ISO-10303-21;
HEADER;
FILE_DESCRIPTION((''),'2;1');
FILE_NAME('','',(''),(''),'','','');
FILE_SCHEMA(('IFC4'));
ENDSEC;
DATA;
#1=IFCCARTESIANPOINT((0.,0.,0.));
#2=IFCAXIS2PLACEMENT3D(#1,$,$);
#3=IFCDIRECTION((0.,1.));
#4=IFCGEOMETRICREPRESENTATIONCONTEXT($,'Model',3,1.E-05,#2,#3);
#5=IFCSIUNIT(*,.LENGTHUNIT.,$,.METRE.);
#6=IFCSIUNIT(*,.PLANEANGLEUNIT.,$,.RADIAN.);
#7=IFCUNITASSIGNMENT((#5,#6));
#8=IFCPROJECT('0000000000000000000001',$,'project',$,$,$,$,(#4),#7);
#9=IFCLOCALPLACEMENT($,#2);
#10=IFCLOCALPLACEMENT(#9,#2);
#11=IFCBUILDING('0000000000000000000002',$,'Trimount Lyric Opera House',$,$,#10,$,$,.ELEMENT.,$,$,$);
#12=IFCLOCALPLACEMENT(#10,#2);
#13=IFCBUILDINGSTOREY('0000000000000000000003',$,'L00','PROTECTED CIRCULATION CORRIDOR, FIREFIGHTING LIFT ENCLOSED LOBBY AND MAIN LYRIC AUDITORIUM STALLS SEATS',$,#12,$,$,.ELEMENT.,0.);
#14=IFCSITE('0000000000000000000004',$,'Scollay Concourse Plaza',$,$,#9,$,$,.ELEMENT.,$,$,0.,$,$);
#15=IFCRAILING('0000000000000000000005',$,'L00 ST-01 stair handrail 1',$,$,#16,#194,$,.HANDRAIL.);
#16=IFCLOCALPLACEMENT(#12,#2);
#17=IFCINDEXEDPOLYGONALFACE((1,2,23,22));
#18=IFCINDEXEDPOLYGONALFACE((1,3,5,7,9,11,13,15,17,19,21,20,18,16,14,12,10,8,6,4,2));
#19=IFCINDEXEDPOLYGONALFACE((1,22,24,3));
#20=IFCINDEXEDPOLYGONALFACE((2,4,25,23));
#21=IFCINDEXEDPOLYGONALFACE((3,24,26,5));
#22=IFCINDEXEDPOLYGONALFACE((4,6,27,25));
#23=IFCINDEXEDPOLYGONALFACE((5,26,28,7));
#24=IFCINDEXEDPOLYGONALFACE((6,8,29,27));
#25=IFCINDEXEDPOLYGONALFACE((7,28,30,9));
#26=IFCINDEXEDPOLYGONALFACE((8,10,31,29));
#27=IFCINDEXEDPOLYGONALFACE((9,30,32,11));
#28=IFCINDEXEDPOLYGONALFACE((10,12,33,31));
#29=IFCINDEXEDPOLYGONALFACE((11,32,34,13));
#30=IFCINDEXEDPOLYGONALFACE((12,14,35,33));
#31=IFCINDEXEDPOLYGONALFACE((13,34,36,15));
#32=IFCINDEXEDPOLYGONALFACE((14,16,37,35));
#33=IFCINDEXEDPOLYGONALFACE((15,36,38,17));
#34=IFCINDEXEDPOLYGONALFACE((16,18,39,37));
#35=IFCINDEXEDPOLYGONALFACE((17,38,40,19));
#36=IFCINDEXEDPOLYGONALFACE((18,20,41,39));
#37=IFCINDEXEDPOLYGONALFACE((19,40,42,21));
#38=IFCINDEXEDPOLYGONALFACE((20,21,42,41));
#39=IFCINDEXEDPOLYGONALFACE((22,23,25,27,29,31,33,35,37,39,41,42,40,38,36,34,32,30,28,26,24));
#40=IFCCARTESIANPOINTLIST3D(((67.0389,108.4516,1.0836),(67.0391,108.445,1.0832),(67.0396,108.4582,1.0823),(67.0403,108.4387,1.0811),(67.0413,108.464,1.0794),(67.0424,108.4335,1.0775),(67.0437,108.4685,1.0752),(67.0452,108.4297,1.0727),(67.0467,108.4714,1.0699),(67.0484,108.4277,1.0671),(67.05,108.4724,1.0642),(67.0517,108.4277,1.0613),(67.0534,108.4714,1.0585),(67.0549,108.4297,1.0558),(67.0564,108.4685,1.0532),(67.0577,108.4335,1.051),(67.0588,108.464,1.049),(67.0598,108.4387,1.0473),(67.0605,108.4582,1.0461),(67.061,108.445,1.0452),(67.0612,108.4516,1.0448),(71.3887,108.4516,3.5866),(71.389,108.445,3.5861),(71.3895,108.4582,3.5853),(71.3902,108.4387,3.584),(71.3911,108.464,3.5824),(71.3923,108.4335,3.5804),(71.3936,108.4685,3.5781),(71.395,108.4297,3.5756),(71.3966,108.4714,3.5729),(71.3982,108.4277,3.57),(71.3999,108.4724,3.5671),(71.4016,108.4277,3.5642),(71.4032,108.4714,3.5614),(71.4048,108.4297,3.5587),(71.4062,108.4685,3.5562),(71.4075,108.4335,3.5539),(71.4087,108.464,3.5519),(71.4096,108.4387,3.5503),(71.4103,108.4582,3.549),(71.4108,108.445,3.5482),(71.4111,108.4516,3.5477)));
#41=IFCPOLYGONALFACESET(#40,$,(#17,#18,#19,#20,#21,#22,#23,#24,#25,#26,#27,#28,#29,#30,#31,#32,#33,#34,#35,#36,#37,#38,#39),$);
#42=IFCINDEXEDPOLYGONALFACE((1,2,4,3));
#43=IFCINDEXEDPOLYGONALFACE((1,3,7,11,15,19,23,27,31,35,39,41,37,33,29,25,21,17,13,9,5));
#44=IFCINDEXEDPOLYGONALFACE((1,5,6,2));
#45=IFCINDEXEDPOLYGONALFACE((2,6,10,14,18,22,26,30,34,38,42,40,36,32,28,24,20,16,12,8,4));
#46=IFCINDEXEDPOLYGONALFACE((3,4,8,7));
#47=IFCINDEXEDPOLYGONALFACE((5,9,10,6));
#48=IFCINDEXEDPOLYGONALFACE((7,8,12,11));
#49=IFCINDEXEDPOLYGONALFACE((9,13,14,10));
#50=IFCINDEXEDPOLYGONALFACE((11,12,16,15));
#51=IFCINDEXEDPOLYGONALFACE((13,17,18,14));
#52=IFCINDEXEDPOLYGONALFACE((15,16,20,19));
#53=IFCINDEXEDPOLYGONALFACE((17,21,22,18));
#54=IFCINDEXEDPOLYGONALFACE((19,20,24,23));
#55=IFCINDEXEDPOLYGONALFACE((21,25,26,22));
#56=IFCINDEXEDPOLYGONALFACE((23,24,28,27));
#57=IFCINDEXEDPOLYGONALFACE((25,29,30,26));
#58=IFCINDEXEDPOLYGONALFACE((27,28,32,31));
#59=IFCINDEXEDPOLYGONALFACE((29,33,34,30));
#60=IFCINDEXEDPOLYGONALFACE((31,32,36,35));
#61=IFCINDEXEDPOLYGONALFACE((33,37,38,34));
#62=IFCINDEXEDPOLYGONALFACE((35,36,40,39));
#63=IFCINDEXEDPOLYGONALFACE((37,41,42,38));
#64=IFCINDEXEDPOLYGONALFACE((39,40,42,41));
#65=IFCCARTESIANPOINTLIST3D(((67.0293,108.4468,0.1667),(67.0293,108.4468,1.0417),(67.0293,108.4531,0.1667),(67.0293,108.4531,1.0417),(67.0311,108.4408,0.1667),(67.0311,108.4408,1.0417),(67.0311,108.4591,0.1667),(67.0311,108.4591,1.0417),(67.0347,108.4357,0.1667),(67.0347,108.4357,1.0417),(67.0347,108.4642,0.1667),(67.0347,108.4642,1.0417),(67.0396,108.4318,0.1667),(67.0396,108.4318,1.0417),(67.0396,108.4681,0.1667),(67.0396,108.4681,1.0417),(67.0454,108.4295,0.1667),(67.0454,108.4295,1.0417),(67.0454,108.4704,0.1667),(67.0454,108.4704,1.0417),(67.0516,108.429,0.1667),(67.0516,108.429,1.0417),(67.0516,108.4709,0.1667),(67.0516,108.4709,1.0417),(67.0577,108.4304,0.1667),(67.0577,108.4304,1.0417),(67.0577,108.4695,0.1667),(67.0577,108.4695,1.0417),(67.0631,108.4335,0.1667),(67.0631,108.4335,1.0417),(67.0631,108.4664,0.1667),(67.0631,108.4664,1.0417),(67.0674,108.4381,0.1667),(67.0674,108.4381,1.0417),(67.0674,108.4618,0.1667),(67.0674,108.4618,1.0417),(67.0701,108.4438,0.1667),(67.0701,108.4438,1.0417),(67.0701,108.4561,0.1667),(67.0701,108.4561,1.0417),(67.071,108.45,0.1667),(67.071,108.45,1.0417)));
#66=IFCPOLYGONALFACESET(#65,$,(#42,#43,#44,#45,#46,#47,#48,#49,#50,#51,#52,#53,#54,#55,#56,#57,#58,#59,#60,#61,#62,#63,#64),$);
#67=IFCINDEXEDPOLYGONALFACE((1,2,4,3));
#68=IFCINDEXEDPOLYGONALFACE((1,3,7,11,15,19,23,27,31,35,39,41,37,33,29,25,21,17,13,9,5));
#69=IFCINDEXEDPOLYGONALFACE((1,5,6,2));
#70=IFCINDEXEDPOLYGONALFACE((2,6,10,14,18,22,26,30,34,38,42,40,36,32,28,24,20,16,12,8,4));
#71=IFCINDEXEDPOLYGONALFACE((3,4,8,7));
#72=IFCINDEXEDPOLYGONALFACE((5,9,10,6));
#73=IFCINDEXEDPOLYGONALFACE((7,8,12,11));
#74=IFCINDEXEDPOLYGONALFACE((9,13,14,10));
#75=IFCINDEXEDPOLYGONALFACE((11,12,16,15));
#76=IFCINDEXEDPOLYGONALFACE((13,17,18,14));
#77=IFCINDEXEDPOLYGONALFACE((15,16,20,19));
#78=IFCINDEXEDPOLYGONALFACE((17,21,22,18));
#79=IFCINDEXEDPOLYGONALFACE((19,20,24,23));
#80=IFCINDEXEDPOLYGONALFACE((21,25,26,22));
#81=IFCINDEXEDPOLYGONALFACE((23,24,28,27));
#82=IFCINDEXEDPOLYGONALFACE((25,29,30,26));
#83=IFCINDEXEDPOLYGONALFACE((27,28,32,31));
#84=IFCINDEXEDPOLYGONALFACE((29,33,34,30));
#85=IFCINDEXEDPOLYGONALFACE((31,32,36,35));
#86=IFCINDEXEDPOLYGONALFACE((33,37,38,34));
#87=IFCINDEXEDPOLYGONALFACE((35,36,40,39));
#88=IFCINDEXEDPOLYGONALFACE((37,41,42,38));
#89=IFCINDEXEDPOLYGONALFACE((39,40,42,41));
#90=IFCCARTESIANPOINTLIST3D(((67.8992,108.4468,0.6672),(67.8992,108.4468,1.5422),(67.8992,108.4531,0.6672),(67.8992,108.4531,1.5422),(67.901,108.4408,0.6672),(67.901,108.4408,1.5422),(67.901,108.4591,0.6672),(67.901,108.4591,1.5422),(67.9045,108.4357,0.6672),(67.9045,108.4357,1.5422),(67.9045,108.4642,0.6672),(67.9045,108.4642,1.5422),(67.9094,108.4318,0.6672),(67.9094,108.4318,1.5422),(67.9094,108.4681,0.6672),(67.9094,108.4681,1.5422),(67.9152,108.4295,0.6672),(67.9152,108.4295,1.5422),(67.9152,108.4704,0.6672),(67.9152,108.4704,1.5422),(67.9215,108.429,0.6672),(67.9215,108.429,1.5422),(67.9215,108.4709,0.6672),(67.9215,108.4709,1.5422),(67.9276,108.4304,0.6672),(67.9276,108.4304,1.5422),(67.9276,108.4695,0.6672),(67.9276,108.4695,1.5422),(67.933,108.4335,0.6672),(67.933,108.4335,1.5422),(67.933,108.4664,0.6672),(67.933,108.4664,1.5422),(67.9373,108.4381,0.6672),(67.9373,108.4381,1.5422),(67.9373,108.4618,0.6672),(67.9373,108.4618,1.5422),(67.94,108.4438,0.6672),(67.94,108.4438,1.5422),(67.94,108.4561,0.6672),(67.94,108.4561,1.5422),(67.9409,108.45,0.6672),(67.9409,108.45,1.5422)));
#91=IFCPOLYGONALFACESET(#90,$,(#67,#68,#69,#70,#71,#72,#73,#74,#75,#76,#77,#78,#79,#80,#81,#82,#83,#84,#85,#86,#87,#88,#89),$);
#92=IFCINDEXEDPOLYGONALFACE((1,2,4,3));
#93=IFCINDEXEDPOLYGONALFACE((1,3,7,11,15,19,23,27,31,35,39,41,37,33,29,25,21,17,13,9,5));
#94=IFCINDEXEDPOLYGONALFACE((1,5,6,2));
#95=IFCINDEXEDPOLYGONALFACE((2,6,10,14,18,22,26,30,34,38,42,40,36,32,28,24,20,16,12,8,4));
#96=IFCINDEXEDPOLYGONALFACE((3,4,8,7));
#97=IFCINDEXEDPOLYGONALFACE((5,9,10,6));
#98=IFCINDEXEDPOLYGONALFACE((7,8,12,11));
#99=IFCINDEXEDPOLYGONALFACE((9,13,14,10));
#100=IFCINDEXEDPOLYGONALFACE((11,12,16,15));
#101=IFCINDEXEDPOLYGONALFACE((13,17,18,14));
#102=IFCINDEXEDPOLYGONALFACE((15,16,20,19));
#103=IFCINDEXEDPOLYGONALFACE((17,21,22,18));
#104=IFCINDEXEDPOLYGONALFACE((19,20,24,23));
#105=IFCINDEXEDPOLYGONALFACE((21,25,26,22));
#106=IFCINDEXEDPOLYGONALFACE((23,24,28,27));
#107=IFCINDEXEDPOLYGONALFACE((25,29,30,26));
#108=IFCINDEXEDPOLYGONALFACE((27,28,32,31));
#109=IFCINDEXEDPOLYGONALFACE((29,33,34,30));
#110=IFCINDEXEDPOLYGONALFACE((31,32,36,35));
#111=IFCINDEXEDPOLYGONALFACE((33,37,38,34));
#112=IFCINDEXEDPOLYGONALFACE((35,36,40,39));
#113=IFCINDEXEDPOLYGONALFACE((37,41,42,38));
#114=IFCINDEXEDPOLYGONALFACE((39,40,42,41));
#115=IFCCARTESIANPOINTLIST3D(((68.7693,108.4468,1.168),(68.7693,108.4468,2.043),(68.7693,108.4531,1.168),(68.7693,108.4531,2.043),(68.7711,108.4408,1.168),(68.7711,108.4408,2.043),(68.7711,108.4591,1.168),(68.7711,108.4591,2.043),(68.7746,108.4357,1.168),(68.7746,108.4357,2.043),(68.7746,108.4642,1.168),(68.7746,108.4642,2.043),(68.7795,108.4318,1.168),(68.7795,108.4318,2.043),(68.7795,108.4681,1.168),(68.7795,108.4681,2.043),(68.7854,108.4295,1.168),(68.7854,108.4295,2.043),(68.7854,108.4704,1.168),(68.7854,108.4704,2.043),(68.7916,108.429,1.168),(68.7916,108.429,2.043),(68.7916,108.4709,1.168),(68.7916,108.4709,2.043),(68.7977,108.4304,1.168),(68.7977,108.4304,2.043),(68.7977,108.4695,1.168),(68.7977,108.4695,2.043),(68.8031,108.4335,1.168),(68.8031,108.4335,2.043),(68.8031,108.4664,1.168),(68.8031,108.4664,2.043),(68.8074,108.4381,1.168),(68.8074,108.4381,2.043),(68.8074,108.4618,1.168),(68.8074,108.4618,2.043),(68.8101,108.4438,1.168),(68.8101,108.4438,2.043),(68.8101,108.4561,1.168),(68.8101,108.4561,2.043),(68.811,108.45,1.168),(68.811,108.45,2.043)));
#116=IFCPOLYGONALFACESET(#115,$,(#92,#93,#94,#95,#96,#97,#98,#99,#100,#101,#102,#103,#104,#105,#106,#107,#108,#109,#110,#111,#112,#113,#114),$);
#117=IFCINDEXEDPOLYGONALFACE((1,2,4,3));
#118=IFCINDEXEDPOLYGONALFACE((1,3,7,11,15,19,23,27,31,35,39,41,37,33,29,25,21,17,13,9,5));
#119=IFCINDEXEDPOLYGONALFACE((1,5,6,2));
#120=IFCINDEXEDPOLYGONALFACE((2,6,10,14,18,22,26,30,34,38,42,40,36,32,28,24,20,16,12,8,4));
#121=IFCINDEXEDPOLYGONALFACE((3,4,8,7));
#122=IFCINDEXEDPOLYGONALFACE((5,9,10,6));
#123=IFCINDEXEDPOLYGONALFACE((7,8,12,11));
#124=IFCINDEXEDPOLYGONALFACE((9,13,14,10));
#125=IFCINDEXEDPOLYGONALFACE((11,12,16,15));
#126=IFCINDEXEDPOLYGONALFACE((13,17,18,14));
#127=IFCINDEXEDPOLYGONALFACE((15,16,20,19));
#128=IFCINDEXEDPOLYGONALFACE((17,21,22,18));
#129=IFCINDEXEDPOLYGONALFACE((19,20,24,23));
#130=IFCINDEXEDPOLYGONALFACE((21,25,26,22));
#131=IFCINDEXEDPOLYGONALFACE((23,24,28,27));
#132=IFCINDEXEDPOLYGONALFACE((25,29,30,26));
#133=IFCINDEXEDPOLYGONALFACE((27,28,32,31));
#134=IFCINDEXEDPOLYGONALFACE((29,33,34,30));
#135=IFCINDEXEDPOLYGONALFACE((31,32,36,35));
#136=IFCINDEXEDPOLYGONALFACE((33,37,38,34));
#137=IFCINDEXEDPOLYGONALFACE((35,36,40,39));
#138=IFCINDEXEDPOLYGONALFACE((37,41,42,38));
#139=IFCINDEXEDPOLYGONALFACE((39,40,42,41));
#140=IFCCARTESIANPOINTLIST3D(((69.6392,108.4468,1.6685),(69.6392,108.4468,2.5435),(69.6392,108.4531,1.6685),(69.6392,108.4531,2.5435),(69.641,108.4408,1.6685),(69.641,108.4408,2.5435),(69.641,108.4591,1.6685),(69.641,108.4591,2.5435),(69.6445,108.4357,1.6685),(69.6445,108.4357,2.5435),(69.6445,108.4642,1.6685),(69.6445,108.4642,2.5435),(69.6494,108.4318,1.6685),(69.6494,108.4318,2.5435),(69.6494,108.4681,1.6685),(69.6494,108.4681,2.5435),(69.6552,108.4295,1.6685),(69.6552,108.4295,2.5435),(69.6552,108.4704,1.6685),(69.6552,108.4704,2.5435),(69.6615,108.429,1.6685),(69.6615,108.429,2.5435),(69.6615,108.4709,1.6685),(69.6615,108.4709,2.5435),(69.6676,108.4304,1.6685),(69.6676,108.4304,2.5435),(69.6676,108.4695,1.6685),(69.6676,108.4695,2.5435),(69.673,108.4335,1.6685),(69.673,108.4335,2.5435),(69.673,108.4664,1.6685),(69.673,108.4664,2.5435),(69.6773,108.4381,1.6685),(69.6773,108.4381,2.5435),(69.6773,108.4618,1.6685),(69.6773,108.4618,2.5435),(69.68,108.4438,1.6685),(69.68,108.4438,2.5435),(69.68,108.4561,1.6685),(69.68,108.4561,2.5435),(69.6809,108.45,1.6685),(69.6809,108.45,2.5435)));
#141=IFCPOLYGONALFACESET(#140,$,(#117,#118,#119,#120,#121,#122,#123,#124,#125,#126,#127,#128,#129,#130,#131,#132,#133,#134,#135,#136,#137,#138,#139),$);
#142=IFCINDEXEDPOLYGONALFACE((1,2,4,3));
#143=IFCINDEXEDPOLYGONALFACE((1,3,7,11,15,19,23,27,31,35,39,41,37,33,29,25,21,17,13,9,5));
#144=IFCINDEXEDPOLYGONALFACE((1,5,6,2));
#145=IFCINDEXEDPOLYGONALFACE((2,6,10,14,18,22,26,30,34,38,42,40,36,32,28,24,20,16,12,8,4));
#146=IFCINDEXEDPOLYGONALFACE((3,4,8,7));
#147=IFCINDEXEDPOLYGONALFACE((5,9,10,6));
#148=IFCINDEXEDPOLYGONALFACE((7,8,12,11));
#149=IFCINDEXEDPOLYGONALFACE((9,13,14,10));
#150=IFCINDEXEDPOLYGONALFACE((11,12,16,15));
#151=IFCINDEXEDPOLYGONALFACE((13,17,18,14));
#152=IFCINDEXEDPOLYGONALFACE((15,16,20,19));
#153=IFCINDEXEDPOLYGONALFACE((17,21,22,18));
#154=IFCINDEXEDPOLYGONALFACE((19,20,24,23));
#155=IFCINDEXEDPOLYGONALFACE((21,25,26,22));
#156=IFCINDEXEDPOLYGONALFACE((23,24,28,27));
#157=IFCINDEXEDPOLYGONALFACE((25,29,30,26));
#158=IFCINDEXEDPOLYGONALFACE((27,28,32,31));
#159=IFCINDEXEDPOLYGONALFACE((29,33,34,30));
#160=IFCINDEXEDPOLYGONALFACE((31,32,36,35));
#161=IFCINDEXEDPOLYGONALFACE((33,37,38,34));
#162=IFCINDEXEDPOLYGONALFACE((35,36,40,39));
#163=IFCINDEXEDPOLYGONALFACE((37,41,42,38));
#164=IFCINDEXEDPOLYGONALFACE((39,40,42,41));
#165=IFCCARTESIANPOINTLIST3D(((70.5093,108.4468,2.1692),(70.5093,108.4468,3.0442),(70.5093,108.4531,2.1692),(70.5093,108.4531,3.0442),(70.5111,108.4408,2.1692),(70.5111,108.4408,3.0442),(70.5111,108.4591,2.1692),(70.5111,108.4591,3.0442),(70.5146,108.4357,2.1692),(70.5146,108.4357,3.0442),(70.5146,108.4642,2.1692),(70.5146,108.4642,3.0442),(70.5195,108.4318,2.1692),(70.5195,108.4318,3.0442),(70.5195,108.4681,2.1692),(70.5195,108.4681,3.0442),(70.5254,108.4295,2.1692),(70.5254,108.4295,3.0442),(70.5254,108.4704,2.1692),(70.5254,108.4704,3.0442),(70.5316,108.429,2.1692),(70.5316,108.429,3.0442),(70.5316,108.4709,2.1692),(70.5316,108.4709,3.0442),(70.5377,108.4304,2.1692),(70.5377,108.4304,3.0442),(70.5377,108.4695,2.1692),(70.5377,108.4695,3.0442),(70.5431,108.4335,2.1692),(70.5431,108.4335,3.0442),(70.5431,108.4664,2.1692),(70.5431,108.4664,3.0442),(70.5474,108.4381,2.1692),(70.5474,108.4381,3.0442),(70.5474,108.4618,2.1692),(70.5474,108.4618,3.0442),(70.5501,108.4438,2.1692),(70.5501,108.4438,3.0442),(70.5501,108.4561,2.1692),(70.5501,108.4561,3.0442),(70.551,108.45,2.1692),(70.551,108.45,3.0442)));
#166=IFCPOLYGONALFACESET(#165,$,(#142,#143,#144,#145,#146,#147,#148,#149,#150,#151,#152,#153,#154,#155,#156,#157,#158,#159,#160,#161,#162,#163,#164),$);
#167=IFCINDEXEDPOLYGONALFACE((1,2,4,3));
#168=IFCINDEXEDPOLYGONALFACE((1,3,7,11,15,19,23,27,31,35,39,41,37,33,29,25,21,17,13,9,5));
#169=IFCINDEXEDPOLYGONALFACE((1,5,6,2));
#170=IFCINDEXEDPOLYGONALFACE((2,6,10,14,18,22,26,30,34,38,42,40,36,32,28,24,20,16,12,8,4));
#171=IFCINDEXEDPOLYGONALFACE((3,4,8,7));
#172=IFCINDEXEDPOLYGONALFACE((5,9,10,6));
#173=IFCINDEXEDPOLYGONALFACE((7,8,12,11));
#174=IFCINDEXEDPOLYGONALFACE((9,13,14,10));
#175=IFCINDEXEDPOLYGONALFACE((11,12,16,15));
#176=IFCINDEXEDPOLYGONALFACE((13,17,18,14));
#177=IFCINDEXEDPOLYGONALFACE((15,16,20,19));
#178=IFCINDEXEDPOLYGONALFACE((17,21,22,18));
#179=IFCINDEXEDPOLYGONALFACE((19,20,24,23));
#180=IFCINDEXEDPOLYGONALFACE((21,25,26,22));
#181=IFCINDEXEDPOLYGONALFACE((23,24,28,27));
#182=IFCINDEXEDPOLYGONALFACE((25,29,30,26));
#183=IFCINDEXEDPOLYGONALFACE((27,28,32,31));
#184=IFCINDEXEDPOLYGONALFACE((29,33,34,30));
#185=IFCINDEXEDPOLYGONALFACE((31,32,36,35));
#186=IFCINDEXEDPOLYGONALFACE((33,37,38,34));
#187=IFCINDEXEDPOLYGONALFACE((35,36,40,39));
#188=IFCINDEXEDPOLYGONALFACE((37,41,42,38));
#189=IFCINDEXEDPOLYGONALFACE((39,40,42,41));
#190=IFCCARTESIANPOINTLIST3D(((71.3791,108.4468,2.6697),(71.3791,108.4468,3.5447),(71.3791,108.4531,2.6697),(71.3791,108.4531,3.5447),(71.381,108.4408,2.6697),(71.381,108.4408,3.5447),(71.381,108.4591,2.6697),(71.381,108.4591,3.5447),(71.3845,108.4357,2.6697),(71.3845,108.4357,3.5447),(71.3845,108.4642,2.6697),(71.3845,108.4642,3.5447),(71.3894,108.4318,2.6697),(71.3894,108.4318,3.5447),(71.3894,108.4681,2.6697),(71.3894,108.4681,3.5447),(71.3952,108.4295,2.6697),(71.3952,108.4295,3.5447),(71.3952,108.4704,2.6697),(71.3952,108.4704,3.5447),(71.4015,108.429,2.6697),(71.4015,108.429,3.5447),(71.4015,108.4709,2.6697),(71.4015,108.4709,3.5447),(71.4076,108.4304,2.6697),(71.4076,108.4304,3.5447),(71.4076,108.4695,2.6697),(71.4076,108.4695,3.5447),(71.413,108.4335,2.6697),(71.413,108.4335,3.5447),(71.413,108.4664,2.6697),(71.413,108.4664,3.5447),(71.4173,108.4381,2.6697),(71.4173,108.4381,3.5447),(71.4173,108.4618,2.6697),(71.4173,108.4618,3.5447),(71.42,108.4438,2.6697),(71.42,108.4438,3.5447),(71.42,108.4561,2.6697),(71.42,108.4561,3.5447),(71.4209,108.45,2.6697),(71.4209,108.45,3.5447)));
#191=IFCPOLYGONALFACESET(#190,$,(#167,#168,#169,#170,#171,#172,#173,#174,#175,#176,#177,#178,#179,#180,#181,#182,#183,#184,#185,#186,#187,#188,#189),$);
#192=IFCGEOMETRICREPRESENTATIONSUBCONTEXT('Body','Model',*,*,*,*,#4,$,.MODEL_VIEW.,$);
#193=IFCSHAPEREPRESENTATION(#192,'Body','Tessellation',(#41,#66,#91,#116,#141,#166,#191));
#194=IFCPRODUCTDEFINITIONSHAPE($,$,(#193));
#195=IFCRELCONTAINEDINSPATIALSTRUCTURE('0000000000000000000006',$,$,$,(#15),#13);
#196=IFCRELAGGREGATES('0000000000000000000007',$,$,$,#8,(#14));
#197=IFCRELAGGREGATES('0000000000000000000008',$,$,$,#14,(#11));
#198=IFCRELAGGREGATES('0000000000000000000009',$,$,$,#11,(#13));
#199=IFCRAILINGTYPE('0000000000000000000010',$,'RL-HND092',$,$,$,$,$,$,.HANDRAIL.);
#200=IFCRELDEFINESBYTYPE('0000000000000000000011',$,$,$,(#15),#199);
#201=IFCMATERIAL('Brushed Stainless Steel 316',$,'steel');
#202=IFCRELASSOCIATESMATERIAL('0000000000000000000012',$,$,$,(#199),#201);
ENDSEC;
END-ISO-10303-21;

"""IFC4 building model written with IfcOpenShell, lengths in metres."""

from ifc_helpers import new_model, si_unit, direction, frame, origin, origin_2d, place, context, subcontext, project, spatial, circle, extrude, material, type_object, element, save


model = new_model("IFC4")

# Units and contexts
model_context = context("Model", 3, precision=1e-05, world=origin(), true_north=direction((0.0, 1.0)))
body_context = subcontext(model_context, "Body", "Model", "MODEL_VIEW")
ifc_project = project(units=[si_unit("LENGTHUNIT", "METRE"), si_unit("PLANEANGLEUNIT", "RADIAN")], contexts=[model_context])

# Site, building, storey
site_placement = place(None, origin())
site = spatial("IfcSite", under=ifc_project, at=site_placement, Name="Scollay Concourse Plaza", CompositionType="ELEMENT", RefElevation=0.0)
building_placement = place(site_placement, origin())
building = spatial("IfcBuilding", under=site, at=building_placement, Name="Trimount Lyric Opera House", CompositionType="ELEMENT")
storey_placement = place(building_placement, origin())
storey = spatial("IfcBuildingStorey", under=building, at=storey_placement, Name="L00", Description="PROTECTED CIRCULATION CORRIDOR, FIREFIGHTING LIFT ENCLOSED LOBBY AND MAIN LYRIC AUDITORIUM STALLS SEATS", CompositionType="ELEMENT", Elevation=0.0)

# Railing
ifc_material_1 = material(Name="Brushed Stainless Steel 316", Category="steel")
railing_type_1 = type_object("IfcRailingType", Name="RL-HND092", PredefinedType="HANDRAIL", material=ifc_material_1)
railing_1_placement = place(storey_placement, frame((67.05, 108.45, 0.1667)))
element("IfcRailing", 1, at=railing_1_placement, inside=storey, type_object=railing_type_1, Name="L00 ST-01 stair handrail 1", PredefinedType="HANDRAIL", context=body_context, shape_type="SweptSolid", body=[
    extrude(circle(Radius=0.0225, at=origin_2d()), frame((0.0, 0.0, 0.8975), z_axis=(0.866754, 0.0, 0.498735), x_axis=(0.0, 1.0, 0.0)), (0.0, 0.0, 1.0), 5.0186),
    extrude(circle(Radius=0.021, at=origin_2d()), origin(), (0.0, 0.0, 1.0), 0.875),
    extrude(circle(Radius=0.021, at=origin_2d()), frame((0.8699, 0.0, 0.5005)), (0.0, 0.0, 1.0), 0.875),
    extrude(circle(Radius=0.021, at=origin_2d()), frame((1.74, 0.0, 1.0012)), (0.0, 0.0, 1.0), 0.875),
    extrude(circle(Radius=0.021, at=origin_2d()), frame((2.6099, 0.0, 1.5017)), (0.0, 0.0, 1.0), 0.875),
    extrude(circle(Radius=0.021, at=origin_2d()), frame((3.48, 0.0, 2.0024)), (0.0, 0.0, 1.0), 0.875),
    extrude(circle(Radius=0.021, at=origin_2d()), frame((4.3499, 0.0, 2.5029)), (0.0, 0.0, 1.0), 0.875),
])

save(model, "model.ifc")
